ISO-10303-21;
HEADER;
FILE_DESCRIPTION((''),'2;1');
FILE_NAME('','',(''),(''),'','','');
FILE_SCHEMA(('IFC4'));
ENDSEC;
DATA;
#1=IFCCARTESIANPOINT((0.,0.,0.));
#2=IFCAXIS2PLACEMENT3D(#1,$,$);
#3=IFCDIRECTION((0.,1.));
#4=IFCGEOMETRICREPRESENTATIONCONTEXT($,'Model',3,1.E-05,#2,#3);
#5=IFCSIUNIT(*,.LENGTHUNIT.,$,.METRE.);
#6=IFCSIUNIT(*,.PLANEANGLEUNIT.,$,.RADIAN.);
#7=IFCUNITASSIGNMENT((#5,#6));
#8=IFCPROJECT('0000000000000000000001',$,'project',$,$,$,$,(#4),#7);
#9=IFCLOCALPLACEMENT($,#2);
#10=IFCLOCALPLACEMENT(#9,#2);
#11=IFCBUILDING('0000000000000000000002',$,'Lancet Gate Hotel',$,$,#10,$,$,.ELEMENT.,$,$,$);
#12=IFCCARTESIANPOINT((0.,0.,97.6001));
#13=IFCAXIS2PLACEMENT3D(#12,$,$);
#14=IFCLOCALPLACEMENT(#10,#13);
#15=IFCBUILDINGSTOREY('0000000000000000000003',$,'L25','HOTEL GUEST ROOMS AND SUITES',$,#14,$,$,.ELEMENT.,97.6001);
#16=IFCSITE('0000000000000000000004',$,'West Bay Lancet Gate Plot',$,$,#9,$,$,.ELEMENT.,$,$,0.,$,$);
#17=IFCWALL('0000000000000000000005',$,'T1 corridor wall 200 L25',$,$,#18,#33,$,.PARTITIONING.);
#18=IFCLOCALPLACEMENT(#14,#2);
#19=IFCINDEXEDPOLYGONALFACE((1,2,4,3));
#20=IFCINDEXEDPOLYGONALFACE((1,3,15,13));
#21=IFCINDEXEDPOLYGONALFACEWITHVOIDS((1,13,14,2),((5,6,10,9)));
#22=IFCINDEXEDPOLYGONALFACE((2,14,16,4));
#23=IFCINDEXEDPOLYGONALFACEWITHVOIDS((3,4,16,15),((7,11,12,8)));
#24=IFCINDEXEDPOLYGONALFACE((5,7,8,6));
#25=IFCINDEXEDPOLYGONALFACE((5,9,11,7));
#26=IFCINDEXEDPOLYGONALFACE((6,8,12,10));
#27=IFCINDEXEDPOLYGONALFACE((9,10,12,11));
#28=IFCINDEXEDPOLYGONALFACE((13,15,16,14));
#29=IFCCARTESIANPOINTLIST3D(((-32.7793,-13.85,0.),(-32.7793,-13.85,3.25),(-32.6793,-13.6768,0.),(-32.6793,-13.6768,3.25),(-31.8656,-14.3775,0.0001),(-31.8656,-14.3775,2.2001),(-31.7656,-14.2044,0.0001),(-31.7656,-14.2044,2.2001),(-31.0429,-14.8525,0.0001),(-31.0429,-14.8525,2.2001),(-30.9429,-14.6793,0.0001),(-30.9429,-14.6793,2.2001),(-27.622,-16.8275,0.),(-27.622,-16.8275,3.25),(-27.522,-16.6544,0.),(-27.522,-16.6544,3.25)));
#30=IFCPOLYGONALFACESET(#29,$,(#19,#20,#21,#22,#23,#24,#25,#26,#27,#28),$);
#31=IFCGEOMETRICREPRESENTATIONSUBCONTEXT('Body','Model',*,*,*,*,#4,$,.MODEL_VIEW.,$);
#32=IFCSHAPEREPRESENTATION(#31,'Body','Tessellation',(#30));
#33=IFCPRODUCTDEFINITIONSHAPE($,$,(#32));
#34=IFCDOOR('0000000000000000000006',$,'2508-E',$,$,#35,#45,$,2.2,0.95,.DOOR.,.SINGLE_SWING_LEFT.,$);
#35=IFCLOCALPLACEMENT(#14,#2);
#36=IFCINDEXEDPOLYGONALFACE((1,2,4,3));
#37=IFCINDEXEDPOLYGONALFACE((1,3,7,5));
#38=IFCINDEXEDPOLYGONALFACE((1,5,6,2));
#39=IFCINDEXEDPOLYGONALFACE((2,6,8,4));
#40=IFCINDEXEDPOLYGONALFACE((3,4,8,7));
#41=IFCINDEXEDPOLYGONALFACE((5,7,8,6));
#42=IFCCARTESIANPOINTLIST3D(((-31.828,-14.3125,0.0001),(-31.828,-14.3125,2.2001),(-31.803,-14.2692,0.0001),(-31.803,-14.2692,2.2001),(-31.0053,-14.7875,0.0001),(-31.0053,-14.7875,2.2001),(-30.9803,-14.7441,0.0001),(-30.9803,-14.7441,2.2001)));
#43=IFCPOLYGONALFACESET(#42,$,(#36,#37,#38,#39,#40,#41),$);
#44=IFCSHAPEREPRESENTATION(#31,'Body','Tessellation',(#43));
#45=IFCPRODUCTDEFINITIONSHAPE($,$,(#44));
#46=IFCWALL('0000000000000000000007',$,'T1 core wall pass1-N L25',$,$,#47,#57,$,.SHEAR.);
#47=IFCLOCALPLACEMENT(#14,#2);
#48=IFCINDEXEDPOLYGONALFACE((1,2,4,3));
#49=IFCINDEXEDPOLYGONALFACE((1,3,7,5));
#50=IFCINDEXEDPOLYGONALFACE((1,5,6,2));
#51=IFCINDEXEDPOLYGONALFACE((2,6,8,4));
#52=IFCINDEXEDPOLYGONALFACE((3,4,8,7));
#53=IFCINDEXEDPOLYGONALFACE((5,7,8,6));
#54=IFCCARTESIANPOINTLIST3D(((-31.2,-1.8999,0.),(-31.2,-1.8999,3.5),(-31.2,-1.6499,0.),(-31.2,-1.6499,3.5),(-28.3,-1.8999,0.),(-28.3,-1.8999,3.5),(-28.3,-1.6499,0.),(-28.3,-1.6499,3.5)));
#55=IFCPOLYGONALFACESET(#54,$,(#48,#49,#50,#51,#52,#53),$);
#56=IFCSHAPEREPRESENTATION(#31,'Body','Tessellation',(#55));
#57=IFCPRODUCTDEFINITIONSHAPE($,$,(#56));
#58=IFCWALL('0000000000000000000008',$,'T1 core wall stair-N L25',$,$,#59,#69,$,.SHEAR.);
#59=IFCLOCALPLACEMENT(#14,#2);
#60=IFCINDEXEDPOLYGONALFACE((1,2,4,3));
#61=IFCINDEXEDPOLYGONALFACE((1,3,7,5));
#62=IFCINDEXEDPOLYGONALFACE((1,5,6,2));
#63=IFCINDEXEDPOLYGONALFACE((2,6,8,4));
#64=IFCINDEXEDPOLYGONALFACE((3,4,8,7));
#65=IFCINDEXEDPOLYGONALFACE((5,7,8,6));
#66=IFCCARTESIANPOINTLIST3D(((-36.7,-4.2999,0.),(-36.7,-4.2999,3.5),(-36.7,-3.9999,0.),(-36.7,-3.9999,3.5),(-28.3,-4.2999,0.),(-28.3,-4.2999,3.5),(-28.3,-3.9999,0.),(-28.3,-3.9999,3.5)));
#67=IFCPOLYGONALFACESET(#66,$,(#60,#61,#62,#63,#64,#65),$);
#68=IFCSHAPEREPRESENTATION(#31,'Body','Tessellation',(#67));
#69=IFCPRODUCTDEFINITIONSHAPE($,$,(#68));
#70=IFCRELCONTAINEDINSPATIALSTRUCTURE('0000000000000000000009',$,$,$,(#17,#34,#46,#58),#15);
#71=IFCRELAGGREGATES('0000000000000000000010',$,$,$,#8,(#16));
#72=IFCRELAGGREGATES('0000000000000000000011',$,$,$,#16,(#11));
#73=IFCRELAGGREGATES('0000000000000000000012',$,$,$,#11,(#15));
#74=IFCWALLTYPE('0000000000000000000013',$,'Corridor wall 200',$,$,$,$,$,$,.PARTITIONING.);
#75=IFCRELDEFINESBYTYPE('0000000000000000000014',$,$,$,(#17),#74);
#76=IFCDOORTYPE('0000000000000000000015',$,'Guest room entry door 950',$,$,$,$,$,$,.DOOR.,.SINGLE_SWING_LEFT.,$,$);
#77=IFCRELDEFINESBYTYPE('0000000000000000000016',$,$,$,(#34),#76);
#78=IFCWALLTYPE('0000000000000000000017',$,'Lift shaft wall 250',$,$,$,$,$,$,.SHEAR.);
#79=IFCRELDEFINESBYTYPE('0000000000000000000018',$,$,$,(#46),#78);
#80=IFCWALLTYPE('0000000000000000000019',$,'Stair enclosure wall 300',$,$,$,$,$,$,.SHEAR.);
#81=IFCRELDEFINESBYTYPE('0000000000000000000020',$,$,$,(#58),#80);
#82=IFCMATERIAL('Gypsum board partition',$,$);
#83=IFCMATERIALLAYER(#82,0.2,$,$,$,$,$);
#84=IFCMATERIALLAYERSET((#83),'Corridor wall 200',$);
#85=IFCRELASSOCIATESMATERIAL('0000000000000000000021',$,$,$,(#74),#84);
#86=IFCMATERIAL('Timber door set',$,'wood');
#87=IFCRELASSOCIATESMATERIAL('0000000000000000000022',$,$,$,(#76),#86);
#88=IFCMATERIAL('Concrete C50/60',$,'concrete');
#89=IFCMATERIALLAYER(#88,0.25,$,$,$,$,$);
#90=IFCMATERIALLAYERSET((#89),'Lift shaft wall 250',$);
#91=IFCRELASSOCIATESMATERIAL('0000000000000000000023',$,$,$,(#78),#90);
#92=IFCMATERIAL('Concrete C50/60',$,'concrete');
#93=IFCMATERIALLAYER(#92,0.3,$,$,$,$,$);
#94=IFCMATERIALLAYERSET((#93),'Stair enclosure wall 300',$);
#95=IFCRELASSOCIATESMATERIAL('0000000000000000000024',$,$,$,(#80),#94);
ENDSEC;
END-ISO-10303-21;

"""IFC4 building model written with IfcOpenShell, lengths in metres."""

from ifc_helpers import new_model, si_unit, direction, frame, frame_2d, origin, place, context, subcontext, project, spatial, rectangle, extrude, material, layer, layer_set, type_object, element, fill, save


model = new_model("IFC4")

# Units and contexts
model_context = context("Model", 3, precision=1e-05, world=origin(), true_north=direction((0.0, 1.0)))
body_context = subcontext(model_context, "Body", "Model", "MODEL_VIEW")
ifc_project = project(units=[si_unit("LENGTHUNIT", "METRE"), si_unit("PLANEANGLEUNIT", "RADIAN")], contexts=[model_context])

# Site, building, storey
site_placement = place(None, origin())
site = spatial("IfcSite", under=ifc_project, at=site_placement, Name="West Bay Lancet Gate Plot", CompositionType="ELEMENT", RefElevation=0.0)
building_placement = place(site_placement, origin())
building = spatial("IfcBuilding", under=site, at=building_placement, Name="Lancet Gate Hotel", CompositionType="ELEMENT")
storey_placement = place(building_placement, frame((0.0, 0.0, 97.6001)))
storey = spatial("IfcBuildingStorey", under=building, at=storey_placement, Name="L25", Description="HOTEL GUEST ROOMS AND SUITES", CompositionType="ELEMENT", Elevation=97.6001)

# Wall, opening, door
ifc_material_1 = material(Name="Gypsum board partition")
ifc_layer_1 = layer(ifc_material_1, 0.2)
ifc_layer_set_1 = layer_set([ifc_layer_1], Name="Corridor wall 200")
wall_type_1 = type_object("IfcWallType", Name="Corridor wall 200", PredefinedType="PARTITIONING", material=ifc_layer_set_1)
wall_1_placement = place(storey_placement, frame((-27.572, -16.741, 0.0), z_axis=(0.0, 0.0, 1.0), x_axis=(-0.866024, 0.500002, 0.0)))
wall_1 = element("IfcWall", 1, at=wall_1_placement, inside=storey, type_object=wall_type_1, Name="T1 corridor wall 200 L25", PredefinedType="PARTITIONING", context=body_context, shape_type="SweptSolid", body=[
    extrude(rectangle(XDim=5.9551, YDim=0.2, at=frame_2d((2.9775, 0.0))), origin(), (0.0, 0.0, 1.0), 3.25),
])
opening_1_placement = place(wall_1_placement, frame((3.95, 0.0, 0.0)))
opening_1 = element("IfcOpeningElement", 2, at=opening_1_placement, cuts=wall_1, PredefinedType="OPENING", context=body_context, shape_type="SweptSolid", body=[
    extrude(rectangle(XDim=0.95, YDim=2.2, at=frame_2d((0.4751, 1.1001))), frame((0.0, 0.1099, 0.0), z_axis=(0.0, -1.0, 0.0), x_axis=(1.0, 0.0, 0.0)), (0.0, 0.0, 1.0), 0.22),
])
ifc_material_2 = material(Name="Timber door set", Category="wood")
door_type_1 = type_object("IfcDoorType", Name="Guest room entry door 950", OperationType="SINGLE_SWING_LEFT", PredefinedType="DOOR", material=ifc_material_2)
door_1_placement = place(opening_1_placement, origin())
door_1 = element("IfcDoor", 3, at=door_1_placement, inside=storey, type_object=door_type_1, Name="2508-E", OperationType="SINGLE_SWING_LEFT", OverallHeight=2.2, OverallWidth=0.95, PredefinedType="DOOR", context=body_context, shape_type="SweptSolid", body=[
    extrude(rectangle(XDim=0.95, YDim=2.2, at=frame_2d((0.4751, 1.1001))), frame((0.0, 0.0249, 0.0), z_axis=(0.0, -1.0, 0.0), x_axis=(1.0, 0.0, 0.0)), (0.0, 0.0, 1.0), 0.05),
])
fill(opening_1, door_1)

# Walls
ifc_material_3 = material(Name="Concrete C50/60", Category="concrete")
ifc_layer_2 = layer(ifc_material_3, 0.25)
ifc_layer_set_2 = layer_set([ifc_layer_2], Name="Lift shaft wall 250")
wall_type_2 = type_object("IfcWallType", Name="Lift shaft wall 250", PredefinedType="SHEAR", material=ifc_layer_set_2)
wall_2_placement = place(storey_placement, frame((-28.3, -1.7749, 0.0), z_axis=(0.0, 0.0, 1.0), x_axis=(-1.0, 0.0, 0.0)))
element("IfcWall", 4, at=wall_2_placement, inside=storey, type_object=wall_type_2, Name="T1 core wall pass1-N L25", PredefinedType="SHEAR", context=body_context, shape_type="SweptSolid", body=[
    extrude(rectangle(XDim=2.8999, YDim=0.25, at=frame_2d((1.45, 0.0))), origin(), (0.0, 0.0, 1.0), 3.5),
])
ifc_material_4 = material(Name="Concrete C50/60", Category="concrete")
ifc_layer_3 = layer(ifc_material_4, 0.3)
ifc_layer_set_3 = layer_set([ifc_layer_3], Name="Stair enclosure wall 300")
wall_type_3 = type_object("IfcWallType", Name="Stair enclosure wall 300", PredefinedType="SHEAR", material=ifc_layer_set_3)
wall_3_placement = place(storey_placement, frame((-28.3, -4.1499, 0.0), z_axis=(0.0, 0.0, 1.0), x_axis=(-1.0, 0.0, 0.0)))
element("IfcWall", 5, at=wall_3_placement, inside=storey, type_object=wall_type_3, Name="T1 core wall stair-N L25", PredefinedType="SHEAR", context=body_context, shape_type="SweptSolid", body=[
    extrude(rectangle(XDim=8.3999, YDim=0.3, at=frame_2d((4.2, 0.0))), origin(), (0.0, 0.0, 1.0), 3.5),
])

save(model, "model.ifc")
